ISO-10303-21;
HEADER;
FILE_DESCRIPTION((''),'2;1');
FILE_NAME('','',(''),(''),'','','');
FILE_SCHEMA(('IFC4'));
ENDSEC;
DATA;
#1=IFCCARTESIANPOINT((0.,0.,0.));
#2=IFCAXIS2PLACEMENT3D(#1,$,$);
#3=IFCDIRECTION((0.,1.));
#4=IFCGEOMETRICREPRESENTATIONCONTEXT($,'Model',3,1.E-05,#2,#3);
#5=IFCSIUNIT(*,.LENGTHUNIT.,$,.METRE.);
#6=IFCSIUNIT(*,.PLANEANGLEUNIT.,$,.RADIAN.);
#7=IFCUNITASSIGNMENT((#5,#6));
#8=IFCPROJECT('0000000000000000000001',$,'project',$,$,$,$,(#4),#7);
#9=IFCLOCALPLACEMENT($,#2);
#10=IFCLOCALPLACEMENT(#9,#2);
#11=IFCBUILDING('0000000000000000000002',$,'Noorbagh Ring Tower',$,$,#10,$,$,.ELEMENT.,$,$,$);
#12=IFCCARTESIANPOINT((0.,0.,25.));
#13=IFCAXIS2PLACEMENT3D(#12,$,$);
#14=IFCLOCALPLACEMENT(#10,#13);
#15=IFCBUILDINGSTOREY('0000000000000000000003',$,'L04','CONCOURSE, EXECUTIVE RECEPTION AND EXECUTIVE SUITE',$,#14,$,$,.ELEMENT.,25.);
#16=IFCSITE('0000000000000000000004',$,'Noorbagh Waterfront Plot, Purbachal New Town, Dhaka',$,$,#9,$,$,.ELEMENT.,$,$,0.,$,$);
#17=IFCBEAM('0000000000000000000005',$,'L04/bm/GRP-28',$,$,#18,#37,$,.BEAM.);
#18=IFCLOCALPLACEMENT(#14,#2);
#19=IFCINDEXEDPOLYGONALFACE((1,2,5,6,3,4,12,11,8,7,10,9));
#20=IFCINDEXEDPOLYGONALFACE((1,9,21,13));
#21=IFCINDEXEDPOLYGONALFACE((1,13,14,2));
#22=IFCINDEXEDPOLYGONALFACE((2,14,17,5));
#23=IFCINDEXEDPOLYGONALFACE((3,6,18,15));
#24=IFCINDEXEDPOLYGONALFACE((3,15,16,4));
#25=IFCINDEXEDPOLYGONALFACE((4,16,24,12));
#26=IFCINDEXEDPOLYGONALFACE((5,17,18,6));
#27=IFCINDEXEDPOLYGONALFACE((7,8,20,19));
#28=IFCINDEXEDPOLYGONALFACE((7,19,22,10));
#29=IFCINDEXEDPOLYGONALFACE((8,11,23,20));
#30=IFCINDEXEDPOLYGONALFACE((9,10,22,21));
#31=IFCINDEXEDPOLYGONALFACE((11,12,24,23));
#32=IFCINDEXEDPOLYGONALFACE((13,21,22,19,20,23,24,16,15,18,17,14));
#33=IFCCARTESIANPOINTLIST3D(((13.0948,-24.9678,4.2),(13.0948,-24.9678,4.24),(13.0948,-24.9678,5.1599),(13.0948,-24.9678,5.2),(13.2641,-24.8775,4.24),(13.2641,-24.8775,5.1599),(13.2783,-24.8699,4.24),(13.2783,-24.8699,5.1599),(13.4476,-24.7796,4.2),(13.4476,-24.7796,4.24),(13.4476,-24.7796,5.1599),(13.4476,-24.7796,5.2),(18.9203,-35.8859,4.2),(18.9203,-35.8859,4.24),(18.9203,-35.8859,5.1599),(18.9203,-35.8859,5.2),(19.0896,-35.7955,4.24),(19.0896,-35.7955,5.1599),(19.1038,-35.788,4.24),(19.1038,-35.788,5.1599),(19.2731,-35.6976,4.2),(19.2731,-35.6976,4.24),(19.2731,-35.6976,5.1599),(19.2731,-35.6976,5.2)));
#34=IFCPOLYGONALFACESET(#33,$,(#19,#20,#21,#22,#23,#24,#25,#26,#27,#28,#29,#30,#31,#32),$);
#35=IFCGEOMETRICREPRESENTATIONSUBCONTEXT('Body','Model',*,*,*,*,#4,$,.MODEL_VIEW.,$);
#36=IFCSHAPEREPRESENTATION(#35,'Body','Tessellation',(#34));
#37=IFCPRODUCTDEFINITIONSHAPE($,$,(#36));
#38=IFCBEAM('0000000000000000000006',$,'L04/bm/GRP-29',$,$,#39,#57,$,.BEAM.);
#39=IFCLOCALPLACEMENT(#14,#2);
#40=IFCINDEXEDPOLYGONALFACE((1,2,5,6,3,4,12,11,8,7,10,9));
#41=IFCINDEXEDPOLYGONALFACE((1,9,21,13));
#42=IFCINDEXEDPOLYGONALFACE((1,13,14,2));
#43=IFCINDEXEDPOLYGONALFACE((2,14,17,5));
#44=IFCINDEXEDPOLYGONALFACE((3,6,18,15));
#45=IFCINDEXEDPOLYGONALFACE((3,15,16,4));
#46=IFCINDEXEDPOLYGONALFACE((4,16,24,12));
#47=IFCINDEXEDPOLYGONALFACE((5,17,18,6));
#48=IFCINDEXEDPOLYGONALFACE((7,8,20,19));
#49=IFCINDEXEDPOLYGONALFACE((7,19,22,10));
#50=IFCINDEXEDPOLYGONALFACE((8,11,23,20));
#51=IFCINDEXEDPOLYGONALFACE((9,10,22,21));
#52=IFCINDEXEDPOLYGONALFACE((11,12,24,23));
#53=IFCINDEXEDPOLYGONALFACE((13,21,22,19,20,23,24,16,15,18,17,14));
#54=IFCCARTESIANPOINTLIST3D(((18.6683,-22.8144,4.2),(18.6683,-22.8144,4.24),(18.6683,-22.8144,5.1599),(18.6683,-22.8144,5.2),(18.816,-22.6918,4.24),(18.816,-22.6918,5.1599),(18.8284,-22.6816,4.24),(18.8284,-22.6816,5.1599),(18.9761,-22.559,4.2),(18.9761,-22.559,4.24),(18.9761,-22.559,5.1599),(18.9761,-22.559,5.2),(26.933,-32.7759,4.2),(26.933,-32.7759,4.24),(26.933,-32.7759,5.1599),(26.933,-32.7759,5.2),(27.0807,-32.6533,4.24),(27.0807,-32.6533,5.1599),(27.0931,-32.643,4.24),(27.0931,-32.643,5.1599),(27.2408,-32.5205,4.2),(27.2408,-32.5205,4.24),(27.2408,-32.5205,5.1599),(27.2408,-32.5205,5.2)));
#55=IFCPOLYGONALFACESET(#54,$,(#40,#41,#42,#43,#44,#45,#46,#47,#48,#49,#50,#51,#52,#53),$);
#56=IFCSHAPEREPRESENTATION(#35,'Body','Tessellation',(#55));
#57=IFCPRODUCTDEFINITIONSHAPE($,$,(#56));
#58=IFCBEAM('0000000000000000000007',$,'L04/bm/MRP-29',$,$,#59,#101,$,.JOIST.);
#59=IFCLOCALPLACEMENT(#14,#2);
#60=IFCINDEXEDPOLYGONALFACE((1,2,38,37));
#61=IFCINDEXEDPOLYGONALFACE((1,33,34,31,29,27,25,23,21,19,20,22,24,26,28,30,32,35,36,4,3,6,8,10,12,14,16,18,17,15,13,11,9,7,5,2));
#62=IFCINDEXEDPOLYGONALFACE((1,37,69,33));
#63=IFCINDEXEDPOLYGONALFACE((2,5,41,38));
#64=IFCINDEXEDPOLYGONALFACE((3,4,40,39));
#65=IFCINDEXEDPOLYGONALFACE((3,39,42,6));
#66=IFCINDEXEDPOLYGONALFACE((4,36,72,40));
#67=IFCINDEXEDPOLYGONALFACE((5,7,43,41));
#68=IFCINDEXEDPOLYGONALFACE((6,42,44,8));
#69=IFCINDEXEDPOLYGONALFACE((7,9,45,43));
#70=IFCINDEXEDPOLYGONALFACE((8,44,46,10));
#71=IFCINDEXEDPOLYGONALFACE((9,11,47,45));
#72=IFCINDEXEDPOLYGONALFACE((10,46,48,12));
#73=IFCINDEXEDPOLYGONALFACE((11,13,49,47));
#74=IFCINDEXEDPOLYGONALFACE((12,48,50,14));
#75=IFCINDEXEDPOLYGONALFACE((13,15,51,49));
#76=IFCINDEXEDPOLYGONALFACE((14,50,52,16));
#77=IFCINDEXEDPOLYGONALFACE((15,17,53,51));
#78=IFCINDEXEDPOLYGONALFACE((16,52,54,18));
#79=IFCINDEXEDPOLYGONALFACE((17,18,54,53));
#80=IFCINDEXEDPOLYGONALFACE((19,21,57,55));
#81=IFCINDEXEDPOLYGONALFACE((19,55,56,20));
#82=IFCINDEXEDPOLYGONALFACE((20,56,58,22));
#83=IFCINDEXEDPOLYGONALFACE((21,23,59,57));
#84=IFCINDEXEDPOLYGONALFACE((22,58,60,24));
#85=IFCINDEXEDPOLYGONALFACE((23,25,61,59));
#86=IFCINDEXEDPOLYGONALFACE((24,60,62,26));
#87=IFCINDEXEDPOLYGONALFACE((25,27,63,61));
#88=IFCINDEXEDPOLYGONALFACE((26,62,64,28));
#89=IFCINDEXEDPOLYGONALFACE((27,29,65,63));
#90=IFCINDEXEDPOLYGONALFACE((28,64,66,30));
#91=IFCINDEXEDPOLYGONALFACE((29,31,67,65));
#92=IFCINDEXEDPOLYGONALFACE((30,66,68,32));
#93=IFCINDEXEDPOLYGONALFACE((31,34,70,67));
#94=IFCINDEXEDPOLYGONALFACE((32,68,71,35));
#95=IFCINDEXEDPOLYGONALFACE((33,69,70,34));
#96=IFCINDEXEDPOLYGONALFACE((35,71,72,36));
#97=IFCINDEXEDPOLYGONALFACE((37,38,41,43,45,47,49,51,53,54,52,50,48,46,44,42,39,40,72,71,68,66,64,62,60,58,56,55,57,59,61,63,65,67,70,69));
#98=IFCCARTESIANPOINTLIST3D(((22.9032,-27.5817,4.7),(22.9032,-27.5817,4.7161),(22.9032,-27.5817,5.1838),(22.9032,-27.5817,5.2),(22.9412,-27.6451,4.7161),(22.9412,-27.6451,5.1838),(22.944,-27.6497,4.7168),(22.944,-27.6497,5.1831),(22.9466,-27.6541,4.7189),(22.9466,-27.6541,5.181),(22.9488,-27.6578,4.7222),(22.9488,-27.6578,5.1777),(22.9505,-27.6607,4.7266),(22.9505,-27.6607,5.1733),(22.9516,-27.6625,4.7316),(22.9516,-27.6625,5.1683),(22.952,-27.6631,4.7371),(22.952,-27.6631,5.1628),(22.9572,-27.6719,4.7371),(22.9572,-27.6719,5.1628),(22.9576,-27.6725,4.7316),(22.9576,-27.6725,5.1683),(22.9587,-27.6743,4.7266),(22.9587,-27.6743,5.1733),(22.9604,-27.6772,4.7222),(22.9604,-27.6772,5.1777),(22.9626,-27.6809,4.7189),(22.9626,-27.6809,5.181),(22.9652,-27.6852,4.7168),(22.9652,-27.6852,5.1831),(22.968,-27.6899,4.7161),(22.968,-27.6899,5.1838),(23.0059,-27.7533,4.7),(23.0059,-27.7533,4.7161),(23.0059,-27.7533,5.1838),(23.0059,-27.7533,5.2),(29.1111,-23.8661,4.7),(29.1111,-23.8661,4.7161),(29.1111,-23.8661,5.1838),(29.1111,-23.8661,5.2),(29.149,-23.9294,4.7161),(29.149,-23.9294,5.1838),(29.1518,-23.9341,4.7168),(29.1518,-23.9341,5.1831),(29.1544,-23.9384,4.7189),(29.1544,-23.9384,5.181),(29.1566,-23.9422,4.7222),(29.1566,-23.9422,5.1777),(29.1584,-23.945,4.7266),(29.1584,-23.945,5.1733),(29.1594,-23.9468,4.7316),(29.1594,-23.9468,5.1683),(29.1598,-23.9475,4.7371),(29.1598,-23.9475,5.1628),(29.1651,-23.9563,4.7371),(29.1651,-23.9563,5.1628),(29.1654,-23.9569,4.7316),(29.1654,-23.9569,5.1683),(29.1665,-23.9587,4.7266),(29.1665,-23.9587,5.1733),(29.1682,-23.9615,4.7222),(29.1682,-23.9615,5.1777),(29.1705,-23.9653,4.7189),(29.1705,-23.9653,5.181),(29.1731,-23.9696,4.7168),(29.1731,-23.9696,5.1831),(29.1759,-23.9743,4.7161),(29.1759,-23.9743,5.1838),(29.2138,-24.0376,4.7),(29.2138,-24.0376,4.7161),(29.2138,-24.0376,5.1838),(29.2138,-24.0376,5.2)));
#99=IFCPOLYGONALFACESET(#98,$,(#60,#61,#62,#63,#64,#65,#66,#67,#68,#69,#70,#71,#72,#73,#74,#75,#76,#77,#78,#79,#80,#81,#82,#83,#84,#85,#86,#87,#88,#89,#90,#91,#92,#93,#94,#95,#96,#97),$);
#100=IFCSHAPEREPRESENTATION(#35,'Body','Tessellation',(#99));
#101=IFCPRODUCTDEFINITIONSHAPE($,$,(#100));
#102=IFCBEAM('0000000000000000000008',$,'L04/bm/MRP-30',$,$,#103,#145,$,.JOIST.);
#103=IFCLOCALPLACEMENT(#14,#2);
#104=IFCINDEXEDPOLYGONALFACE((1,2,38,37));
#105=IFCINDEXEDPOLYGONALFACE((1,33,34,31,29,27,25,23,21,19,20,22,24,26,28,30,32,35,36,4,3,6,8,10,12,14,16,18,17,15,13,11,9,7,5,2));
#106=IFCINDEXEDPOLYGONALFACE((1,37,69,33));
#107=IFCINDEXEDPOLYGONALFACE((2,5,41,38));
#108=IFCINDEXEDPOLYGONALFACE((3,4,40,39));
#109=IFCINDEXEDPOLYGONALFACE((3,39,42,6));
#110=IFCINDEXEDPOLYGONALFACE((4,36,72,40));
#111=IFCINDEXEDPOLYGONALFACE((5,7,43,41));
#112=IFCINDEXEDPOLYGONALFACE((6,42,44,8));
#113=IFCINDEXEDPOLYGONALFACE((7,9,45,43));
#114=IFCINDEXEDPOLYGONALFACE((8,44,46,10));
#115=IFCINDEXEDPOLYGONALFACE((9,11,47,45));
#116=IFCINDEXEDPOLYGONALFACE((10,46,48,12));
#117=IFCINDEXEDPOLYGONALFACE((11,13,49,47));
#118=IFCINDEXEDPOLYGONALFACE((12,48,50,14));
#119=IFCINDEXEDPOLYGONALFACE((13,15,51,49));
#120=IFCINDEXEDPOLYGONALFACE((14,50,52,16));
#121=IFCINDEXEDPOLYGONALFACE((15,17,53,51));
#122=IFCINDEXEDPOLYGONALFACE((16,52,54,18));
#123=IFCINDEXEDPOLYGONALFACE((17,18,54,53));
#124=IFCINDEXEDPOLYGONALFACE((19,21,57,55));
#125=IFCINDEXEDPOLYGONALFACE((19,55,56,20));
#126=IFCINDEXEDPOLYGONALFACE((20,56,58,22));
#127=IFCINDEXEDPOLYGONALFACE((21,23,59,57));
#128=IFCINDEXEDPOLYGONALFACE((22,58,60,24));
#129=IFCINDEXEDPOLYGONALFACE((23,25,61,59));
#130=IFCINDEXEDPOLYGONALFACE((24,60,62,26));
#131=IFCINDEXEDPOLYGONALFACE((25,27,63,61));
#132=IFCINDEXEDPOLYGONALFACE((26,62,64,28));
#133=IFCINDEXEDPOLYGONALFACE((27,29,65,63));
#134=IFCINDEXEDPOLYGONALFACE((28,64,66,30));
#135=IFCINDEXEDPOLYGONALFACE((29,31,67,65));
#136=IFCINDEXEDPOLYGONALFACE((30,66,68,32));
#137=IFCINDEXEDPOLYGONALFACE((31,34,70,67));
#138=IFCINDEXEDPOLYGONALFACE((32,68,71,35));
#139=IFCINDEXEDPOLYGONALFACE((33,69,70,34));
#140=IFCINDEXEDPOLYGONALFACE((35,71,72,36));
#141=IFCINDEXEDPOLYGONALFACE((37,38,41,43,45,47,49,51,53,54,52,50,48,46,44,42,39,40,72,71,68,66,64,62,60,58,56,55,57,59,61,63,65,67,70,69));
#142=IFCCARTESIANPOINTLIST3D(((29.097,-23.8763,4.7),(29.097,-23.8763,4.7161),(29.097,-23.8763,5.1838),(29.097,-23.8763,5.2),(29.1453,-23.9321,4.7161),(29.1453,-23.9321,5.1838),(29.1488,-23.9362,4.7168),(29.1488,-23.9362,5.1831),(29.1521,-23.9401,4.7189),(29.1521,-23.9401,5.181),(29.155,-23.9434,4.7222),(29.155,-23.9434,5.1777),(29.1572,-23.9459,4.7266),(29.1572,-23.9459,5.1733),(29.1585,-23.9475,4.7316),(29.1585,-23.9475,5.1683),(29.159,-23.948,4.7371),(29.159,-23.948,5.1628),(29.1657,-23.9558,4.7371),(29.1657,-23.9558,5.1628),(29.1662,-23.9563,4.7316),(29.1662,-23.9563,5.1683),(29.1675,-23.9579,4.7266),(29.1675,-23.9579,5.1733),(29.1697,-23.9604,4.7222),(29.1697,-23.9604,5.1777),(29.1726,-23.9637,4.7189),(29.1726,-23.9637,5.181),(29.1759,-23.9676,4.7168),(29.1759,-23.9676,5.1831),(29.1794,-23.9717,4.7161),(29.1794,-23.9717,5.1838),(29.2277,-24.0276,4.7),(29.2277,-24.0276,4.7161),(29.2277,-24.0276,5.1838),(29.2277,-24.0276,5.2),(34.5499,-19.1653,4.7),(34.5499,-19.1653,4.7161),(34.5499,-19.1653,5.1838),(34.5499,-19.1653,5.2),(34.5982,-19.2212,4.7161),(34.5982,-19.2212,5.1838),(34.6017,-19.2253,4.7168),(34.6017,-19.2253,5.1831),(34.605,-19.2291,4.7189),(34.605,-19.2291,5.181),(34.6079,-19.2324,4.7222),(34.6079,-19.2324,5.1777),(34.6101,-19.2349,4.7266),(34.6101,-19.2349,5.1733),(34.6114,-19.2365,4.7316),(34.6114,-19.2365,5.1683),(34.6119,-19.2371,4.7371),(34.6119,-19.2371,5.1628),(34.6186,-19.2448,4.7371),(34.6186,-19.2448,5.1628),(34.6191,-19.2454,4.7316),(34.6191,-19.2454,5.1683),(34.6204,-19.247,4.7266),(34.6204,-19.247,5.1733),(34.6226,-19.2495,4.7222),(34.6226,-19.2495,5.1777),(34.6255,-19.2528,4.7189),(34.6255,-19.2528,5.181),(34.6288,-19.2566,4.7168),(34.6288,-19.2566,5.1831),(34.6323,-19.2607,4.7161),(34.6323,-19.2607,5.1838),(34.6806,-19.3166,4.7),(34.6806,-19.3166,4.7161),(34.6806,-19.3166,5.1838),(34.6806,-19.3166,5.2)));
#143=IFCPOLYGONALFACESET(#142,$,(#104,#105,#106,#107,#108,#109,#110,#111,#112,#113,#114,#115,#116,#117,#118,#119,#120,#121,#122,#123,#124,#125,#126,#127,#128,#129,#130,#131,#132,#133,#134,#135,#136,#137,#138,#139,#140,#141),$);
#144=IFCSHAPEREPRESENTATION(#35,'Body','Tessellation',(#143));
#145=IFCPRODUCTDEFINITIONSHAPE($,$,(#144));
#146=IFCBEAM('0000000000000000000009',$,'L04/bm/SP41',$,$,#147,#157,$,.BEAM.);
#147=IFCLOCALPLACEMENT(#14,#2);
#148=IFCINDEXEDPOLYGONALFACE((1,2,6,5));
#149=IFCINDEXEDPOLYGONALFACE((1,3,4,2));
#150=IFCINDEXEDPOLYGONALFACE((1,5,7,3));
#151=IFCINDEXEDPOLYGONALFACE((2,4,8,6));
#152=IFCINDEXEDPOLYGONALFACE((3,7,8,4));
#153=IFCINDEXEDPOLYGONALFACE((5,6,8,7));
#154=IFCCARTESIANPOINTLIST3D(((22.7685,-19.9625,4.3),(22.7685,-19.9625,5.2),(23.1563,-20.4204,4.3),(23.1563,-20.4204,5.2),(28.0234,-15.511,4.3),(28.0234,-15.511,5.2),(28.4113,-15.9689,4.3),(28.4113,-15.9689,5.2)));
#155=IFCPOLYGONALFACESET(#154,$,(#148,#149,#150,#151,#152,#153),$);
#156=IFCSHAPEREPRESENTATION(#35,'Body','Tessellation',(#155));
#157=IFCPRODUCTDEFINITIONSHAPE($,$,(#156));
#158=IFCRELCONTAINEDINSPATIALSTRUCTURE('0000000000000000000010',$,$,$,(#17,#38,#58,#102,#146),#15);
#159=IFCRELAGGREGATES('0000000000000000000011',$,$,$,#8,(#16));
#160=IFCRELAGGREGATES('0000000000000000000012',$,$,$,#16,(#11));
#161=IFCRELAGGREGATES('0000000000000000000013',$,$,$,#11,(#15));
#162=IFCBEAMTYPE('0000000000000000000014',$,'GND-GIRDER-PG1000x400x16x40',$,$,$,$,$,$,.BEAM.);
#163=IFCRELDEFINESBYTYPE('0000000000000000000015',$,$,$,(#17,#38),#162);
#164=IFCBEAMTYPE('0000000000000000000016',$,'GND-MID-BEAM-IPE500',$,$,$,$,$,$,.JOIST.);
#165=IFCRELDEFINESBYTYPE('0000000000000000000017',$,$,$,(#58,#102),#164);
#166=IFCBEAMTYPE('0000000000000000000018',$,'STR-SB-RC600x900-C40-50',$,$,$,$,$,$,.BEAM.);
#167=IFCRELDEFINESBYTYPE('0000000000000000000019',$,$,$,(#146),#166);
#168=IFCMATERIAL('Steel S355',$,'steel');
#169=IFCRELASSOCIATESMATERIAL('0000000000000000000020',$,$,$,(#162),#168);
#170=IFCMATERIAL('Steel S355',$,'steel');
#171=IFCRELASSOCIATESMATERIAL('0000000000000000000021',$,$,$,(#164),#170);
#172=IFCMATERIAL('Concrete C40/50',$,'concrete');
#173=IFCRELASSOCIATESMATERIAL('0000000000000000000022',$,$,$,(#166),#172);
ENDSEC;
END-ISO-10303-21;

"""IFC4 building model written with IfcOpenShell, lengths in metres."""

from ifc_helpers import new_model, si_unit, direction, frame, origin, origin_2d, place, context, subcontext, project, spatial, rectangle, i_section, extrude, material, material_profile, profile_set, type_object, element, save


model = new_model("IFC4")

# Units and contexts
model_context = context("Model", 3, precision=1e-05, world=origin(), true_north=direction((0.0, 1.0)))
body_context = subcontext(model_context, "Body", "Model", "MODEL_VIEW")
ifc_project = project(units=[si_unit("LENGTHUNIT", "METRE"), si_unit("PLANEANGLEUNIT", "RADIAN")], contexts=[model_context])

# Site, building, storey
site_placement = place(None, origin())
site = spatial("IfcSite", under=ifc_project, at=site_placement, Name="Noorbagh Waterfront Plot, Purbachal New Town, Dhaka", CompositionType="ELEMENT", RefElevation=0.0)
building_placement = place(site_placement, origin())
building = spatial("IfcBuilding", under=site, at=building_placement, Name="Noorbagh Ring Tower", CompositionType="ELEMENT")
storey_placement = place(building_placement, frame((0.0, 0.0, 25.0)))
storey = spatial("IfcBuildingStorey", under=building, at=storey_placement, Name="L04", Description="CONCOURSE, EXECUTIVE RECEPTION AND EXECUTIVE SUITE", CompositionType="ELEMENT", Elevation=25.0)

# Beams
ifc_material_1 = material(Name="Steel S355", Category="steel")
ifc_material_profile_1 = material_profile(ifc_material_1, i_section(OverallWidth=0.3999, OverallDepth=1.0, WebThickness=0.0161, FlangeThickness=0.04, at=origin_2d()), Name="PG1000x400x16x40")
ifc_profile_set_1 = profile_set([ifc_material_profile_1], Name="Steel S355")
beam_type_1 = type_object("IfcBeamType", Name="GND-GIRDER-PG1000x400x16x40", PredefinedType="BEAM", material=ifc_profile_set_1)
beam_1_placement = place(storey_placement, frame((19.0967, -35.7917, 4.7), z_axis=(-0.470747, 0.882268, 0.0), x_axis=(-0.882268, -0.470747, 0.0)))
element("IfcBeam", 1, at=beam_1_placement, inside=storey, type_object=beam_type_1, Name="L04/bm/GRP-28", PredefinedType="BEAM", context=body_context, shape_type="SweptSolid", body=[
    extrude(i_section(OverallWidth=0.3999, OverallDepth=1.0, WebThickness=0.0161, FlangeThickness=0.04, at=origin_2d()), origin(), (0.0, 0.0, 1.0), 12.375),
])
beam_2_placement = place(storey_placement, frame((27.0869, -32.6482, 4.7), z_axis=(-0.638517, 0.769608, 0.0), x_axis=(-0.769608, -0.638517, 0.0)))
element("IfcBeam", 2, at=beam_2_placement, inside=storey, type_object=beam_type_1, Name="L04/bm/GRP-29", PredefinedType="BEAM", context=body_context, shape_type="SweptSolid", body=[
    extrude(i_section(OverallWidth=0.3999, OverallDepth=1.0, WebThickness=0.0161, FlangeThickness=0.04, at=origin_2d()), origin(), (0.0, 0.0, 1.0), 12.9436),
])
ifc_material_2 = material(Name="Steel S355", Category="steel")
ifc_material_profile_2 = material_profile(ifc_material_2, i_section(OverallWidth=0.2, OverallDepth=0.5, WebThickness=0.0103, FlangeThickness=0.0161, FilletRadius=0.021, at=origin_2d()), Name="IPE500")
ifc_profile_set_2 = profile_set([ifc_material_profile_2], Name="Steel S355")
beam_type_2 = type_object("IfcBeamType", Name="GND-MID-BEAM-IPE500", PredefinedType="JOIST", material=ifc_profile_set_2)
beam_3_placement = place(storey_placement, frame((22.9546, -27.6675, 4.95), z_axis=(0.858046, 0.513572, 0.0), x_axis=(-0.513572, 0.858046, 0.0)))
element("IfcBeam", 3, at=beam_3_placement, inside=storey, type_object=beam_type_2, Name="L04/bm/MRP-29", PredefinedType="JOIST", context=body_context, shape_type="SweptSolid", body=[
    extrude(i_section(OverallWidth=0.2, OverallDepth=0.5, WebThickness=0.0103, FlangeThickness=0.0161, FilletRadius=0.021, at=origin_2d()), origin(), (0.0, 0.0, 1.0), 7.2349),
])
beam_4_placement = place(storey_placement, frame((29.1624, -23.9519, 4.95), z_axis=(0.756711, 0.65375, 0.0), x_axis=(-0.65375, 0.756711, 0.0)))
element("IfcBeam", 4, at=beam_4_placement, inside=storey, type_object=beam_type_2, Name="L04/bm/MRP-30", PredefinedType="JOIST", context=body_context, shape_type="SweptSolid", body=[
    extrude(i_section(OverallWidth=0.2, OverallDepth=0.5, WebThickness=0.0103, FlangeThickness=0.0161, FilletRadius=0.021, at=origin_2d()), origin(), (0.0, 0.0, 1.0), 7.2061),
])
ifc_material_3 = material(Name="Concrete C40/50", Category="concrete")
ifc_material_profile_3 = material_profile(ifc_material_3, rectangle(XDim=0.6001, YDim=0.8999, at=origin_2d()), Name="RC600x900")
ifc_profile_set_3 = profile_set([ifc_material_profile_3], Name="Concrete C40/50")
beam_type_3 = type_object("IfcBeamType", Name="STR-SB-RC600x900-C40-50", PredefinedType="BEAM", material=ifc_profile_set_3)
beam_5_placement = place(storey_placement, frame((22.9624, -20.1914, 4.75), z_axis=(0.76303, 0.646363, 0.0), x_axis=(-0.646363, 0.76303, 0.0)))
element("IfcBeam", 5, at=beam_5_placement, inside=storey, type_object=beam_type_3, Name="L04/bm/SP41", PredefinedType="BEAM", context=body_context, shape_type="SweptSolid", body=[
    extrude(rectangle(XDim=0.6001, YDim=0.8999, at=origin_2d()), origin(), (0.0, 0.0, 1.0), 6.887),
])

save(model, "model.ifc")
